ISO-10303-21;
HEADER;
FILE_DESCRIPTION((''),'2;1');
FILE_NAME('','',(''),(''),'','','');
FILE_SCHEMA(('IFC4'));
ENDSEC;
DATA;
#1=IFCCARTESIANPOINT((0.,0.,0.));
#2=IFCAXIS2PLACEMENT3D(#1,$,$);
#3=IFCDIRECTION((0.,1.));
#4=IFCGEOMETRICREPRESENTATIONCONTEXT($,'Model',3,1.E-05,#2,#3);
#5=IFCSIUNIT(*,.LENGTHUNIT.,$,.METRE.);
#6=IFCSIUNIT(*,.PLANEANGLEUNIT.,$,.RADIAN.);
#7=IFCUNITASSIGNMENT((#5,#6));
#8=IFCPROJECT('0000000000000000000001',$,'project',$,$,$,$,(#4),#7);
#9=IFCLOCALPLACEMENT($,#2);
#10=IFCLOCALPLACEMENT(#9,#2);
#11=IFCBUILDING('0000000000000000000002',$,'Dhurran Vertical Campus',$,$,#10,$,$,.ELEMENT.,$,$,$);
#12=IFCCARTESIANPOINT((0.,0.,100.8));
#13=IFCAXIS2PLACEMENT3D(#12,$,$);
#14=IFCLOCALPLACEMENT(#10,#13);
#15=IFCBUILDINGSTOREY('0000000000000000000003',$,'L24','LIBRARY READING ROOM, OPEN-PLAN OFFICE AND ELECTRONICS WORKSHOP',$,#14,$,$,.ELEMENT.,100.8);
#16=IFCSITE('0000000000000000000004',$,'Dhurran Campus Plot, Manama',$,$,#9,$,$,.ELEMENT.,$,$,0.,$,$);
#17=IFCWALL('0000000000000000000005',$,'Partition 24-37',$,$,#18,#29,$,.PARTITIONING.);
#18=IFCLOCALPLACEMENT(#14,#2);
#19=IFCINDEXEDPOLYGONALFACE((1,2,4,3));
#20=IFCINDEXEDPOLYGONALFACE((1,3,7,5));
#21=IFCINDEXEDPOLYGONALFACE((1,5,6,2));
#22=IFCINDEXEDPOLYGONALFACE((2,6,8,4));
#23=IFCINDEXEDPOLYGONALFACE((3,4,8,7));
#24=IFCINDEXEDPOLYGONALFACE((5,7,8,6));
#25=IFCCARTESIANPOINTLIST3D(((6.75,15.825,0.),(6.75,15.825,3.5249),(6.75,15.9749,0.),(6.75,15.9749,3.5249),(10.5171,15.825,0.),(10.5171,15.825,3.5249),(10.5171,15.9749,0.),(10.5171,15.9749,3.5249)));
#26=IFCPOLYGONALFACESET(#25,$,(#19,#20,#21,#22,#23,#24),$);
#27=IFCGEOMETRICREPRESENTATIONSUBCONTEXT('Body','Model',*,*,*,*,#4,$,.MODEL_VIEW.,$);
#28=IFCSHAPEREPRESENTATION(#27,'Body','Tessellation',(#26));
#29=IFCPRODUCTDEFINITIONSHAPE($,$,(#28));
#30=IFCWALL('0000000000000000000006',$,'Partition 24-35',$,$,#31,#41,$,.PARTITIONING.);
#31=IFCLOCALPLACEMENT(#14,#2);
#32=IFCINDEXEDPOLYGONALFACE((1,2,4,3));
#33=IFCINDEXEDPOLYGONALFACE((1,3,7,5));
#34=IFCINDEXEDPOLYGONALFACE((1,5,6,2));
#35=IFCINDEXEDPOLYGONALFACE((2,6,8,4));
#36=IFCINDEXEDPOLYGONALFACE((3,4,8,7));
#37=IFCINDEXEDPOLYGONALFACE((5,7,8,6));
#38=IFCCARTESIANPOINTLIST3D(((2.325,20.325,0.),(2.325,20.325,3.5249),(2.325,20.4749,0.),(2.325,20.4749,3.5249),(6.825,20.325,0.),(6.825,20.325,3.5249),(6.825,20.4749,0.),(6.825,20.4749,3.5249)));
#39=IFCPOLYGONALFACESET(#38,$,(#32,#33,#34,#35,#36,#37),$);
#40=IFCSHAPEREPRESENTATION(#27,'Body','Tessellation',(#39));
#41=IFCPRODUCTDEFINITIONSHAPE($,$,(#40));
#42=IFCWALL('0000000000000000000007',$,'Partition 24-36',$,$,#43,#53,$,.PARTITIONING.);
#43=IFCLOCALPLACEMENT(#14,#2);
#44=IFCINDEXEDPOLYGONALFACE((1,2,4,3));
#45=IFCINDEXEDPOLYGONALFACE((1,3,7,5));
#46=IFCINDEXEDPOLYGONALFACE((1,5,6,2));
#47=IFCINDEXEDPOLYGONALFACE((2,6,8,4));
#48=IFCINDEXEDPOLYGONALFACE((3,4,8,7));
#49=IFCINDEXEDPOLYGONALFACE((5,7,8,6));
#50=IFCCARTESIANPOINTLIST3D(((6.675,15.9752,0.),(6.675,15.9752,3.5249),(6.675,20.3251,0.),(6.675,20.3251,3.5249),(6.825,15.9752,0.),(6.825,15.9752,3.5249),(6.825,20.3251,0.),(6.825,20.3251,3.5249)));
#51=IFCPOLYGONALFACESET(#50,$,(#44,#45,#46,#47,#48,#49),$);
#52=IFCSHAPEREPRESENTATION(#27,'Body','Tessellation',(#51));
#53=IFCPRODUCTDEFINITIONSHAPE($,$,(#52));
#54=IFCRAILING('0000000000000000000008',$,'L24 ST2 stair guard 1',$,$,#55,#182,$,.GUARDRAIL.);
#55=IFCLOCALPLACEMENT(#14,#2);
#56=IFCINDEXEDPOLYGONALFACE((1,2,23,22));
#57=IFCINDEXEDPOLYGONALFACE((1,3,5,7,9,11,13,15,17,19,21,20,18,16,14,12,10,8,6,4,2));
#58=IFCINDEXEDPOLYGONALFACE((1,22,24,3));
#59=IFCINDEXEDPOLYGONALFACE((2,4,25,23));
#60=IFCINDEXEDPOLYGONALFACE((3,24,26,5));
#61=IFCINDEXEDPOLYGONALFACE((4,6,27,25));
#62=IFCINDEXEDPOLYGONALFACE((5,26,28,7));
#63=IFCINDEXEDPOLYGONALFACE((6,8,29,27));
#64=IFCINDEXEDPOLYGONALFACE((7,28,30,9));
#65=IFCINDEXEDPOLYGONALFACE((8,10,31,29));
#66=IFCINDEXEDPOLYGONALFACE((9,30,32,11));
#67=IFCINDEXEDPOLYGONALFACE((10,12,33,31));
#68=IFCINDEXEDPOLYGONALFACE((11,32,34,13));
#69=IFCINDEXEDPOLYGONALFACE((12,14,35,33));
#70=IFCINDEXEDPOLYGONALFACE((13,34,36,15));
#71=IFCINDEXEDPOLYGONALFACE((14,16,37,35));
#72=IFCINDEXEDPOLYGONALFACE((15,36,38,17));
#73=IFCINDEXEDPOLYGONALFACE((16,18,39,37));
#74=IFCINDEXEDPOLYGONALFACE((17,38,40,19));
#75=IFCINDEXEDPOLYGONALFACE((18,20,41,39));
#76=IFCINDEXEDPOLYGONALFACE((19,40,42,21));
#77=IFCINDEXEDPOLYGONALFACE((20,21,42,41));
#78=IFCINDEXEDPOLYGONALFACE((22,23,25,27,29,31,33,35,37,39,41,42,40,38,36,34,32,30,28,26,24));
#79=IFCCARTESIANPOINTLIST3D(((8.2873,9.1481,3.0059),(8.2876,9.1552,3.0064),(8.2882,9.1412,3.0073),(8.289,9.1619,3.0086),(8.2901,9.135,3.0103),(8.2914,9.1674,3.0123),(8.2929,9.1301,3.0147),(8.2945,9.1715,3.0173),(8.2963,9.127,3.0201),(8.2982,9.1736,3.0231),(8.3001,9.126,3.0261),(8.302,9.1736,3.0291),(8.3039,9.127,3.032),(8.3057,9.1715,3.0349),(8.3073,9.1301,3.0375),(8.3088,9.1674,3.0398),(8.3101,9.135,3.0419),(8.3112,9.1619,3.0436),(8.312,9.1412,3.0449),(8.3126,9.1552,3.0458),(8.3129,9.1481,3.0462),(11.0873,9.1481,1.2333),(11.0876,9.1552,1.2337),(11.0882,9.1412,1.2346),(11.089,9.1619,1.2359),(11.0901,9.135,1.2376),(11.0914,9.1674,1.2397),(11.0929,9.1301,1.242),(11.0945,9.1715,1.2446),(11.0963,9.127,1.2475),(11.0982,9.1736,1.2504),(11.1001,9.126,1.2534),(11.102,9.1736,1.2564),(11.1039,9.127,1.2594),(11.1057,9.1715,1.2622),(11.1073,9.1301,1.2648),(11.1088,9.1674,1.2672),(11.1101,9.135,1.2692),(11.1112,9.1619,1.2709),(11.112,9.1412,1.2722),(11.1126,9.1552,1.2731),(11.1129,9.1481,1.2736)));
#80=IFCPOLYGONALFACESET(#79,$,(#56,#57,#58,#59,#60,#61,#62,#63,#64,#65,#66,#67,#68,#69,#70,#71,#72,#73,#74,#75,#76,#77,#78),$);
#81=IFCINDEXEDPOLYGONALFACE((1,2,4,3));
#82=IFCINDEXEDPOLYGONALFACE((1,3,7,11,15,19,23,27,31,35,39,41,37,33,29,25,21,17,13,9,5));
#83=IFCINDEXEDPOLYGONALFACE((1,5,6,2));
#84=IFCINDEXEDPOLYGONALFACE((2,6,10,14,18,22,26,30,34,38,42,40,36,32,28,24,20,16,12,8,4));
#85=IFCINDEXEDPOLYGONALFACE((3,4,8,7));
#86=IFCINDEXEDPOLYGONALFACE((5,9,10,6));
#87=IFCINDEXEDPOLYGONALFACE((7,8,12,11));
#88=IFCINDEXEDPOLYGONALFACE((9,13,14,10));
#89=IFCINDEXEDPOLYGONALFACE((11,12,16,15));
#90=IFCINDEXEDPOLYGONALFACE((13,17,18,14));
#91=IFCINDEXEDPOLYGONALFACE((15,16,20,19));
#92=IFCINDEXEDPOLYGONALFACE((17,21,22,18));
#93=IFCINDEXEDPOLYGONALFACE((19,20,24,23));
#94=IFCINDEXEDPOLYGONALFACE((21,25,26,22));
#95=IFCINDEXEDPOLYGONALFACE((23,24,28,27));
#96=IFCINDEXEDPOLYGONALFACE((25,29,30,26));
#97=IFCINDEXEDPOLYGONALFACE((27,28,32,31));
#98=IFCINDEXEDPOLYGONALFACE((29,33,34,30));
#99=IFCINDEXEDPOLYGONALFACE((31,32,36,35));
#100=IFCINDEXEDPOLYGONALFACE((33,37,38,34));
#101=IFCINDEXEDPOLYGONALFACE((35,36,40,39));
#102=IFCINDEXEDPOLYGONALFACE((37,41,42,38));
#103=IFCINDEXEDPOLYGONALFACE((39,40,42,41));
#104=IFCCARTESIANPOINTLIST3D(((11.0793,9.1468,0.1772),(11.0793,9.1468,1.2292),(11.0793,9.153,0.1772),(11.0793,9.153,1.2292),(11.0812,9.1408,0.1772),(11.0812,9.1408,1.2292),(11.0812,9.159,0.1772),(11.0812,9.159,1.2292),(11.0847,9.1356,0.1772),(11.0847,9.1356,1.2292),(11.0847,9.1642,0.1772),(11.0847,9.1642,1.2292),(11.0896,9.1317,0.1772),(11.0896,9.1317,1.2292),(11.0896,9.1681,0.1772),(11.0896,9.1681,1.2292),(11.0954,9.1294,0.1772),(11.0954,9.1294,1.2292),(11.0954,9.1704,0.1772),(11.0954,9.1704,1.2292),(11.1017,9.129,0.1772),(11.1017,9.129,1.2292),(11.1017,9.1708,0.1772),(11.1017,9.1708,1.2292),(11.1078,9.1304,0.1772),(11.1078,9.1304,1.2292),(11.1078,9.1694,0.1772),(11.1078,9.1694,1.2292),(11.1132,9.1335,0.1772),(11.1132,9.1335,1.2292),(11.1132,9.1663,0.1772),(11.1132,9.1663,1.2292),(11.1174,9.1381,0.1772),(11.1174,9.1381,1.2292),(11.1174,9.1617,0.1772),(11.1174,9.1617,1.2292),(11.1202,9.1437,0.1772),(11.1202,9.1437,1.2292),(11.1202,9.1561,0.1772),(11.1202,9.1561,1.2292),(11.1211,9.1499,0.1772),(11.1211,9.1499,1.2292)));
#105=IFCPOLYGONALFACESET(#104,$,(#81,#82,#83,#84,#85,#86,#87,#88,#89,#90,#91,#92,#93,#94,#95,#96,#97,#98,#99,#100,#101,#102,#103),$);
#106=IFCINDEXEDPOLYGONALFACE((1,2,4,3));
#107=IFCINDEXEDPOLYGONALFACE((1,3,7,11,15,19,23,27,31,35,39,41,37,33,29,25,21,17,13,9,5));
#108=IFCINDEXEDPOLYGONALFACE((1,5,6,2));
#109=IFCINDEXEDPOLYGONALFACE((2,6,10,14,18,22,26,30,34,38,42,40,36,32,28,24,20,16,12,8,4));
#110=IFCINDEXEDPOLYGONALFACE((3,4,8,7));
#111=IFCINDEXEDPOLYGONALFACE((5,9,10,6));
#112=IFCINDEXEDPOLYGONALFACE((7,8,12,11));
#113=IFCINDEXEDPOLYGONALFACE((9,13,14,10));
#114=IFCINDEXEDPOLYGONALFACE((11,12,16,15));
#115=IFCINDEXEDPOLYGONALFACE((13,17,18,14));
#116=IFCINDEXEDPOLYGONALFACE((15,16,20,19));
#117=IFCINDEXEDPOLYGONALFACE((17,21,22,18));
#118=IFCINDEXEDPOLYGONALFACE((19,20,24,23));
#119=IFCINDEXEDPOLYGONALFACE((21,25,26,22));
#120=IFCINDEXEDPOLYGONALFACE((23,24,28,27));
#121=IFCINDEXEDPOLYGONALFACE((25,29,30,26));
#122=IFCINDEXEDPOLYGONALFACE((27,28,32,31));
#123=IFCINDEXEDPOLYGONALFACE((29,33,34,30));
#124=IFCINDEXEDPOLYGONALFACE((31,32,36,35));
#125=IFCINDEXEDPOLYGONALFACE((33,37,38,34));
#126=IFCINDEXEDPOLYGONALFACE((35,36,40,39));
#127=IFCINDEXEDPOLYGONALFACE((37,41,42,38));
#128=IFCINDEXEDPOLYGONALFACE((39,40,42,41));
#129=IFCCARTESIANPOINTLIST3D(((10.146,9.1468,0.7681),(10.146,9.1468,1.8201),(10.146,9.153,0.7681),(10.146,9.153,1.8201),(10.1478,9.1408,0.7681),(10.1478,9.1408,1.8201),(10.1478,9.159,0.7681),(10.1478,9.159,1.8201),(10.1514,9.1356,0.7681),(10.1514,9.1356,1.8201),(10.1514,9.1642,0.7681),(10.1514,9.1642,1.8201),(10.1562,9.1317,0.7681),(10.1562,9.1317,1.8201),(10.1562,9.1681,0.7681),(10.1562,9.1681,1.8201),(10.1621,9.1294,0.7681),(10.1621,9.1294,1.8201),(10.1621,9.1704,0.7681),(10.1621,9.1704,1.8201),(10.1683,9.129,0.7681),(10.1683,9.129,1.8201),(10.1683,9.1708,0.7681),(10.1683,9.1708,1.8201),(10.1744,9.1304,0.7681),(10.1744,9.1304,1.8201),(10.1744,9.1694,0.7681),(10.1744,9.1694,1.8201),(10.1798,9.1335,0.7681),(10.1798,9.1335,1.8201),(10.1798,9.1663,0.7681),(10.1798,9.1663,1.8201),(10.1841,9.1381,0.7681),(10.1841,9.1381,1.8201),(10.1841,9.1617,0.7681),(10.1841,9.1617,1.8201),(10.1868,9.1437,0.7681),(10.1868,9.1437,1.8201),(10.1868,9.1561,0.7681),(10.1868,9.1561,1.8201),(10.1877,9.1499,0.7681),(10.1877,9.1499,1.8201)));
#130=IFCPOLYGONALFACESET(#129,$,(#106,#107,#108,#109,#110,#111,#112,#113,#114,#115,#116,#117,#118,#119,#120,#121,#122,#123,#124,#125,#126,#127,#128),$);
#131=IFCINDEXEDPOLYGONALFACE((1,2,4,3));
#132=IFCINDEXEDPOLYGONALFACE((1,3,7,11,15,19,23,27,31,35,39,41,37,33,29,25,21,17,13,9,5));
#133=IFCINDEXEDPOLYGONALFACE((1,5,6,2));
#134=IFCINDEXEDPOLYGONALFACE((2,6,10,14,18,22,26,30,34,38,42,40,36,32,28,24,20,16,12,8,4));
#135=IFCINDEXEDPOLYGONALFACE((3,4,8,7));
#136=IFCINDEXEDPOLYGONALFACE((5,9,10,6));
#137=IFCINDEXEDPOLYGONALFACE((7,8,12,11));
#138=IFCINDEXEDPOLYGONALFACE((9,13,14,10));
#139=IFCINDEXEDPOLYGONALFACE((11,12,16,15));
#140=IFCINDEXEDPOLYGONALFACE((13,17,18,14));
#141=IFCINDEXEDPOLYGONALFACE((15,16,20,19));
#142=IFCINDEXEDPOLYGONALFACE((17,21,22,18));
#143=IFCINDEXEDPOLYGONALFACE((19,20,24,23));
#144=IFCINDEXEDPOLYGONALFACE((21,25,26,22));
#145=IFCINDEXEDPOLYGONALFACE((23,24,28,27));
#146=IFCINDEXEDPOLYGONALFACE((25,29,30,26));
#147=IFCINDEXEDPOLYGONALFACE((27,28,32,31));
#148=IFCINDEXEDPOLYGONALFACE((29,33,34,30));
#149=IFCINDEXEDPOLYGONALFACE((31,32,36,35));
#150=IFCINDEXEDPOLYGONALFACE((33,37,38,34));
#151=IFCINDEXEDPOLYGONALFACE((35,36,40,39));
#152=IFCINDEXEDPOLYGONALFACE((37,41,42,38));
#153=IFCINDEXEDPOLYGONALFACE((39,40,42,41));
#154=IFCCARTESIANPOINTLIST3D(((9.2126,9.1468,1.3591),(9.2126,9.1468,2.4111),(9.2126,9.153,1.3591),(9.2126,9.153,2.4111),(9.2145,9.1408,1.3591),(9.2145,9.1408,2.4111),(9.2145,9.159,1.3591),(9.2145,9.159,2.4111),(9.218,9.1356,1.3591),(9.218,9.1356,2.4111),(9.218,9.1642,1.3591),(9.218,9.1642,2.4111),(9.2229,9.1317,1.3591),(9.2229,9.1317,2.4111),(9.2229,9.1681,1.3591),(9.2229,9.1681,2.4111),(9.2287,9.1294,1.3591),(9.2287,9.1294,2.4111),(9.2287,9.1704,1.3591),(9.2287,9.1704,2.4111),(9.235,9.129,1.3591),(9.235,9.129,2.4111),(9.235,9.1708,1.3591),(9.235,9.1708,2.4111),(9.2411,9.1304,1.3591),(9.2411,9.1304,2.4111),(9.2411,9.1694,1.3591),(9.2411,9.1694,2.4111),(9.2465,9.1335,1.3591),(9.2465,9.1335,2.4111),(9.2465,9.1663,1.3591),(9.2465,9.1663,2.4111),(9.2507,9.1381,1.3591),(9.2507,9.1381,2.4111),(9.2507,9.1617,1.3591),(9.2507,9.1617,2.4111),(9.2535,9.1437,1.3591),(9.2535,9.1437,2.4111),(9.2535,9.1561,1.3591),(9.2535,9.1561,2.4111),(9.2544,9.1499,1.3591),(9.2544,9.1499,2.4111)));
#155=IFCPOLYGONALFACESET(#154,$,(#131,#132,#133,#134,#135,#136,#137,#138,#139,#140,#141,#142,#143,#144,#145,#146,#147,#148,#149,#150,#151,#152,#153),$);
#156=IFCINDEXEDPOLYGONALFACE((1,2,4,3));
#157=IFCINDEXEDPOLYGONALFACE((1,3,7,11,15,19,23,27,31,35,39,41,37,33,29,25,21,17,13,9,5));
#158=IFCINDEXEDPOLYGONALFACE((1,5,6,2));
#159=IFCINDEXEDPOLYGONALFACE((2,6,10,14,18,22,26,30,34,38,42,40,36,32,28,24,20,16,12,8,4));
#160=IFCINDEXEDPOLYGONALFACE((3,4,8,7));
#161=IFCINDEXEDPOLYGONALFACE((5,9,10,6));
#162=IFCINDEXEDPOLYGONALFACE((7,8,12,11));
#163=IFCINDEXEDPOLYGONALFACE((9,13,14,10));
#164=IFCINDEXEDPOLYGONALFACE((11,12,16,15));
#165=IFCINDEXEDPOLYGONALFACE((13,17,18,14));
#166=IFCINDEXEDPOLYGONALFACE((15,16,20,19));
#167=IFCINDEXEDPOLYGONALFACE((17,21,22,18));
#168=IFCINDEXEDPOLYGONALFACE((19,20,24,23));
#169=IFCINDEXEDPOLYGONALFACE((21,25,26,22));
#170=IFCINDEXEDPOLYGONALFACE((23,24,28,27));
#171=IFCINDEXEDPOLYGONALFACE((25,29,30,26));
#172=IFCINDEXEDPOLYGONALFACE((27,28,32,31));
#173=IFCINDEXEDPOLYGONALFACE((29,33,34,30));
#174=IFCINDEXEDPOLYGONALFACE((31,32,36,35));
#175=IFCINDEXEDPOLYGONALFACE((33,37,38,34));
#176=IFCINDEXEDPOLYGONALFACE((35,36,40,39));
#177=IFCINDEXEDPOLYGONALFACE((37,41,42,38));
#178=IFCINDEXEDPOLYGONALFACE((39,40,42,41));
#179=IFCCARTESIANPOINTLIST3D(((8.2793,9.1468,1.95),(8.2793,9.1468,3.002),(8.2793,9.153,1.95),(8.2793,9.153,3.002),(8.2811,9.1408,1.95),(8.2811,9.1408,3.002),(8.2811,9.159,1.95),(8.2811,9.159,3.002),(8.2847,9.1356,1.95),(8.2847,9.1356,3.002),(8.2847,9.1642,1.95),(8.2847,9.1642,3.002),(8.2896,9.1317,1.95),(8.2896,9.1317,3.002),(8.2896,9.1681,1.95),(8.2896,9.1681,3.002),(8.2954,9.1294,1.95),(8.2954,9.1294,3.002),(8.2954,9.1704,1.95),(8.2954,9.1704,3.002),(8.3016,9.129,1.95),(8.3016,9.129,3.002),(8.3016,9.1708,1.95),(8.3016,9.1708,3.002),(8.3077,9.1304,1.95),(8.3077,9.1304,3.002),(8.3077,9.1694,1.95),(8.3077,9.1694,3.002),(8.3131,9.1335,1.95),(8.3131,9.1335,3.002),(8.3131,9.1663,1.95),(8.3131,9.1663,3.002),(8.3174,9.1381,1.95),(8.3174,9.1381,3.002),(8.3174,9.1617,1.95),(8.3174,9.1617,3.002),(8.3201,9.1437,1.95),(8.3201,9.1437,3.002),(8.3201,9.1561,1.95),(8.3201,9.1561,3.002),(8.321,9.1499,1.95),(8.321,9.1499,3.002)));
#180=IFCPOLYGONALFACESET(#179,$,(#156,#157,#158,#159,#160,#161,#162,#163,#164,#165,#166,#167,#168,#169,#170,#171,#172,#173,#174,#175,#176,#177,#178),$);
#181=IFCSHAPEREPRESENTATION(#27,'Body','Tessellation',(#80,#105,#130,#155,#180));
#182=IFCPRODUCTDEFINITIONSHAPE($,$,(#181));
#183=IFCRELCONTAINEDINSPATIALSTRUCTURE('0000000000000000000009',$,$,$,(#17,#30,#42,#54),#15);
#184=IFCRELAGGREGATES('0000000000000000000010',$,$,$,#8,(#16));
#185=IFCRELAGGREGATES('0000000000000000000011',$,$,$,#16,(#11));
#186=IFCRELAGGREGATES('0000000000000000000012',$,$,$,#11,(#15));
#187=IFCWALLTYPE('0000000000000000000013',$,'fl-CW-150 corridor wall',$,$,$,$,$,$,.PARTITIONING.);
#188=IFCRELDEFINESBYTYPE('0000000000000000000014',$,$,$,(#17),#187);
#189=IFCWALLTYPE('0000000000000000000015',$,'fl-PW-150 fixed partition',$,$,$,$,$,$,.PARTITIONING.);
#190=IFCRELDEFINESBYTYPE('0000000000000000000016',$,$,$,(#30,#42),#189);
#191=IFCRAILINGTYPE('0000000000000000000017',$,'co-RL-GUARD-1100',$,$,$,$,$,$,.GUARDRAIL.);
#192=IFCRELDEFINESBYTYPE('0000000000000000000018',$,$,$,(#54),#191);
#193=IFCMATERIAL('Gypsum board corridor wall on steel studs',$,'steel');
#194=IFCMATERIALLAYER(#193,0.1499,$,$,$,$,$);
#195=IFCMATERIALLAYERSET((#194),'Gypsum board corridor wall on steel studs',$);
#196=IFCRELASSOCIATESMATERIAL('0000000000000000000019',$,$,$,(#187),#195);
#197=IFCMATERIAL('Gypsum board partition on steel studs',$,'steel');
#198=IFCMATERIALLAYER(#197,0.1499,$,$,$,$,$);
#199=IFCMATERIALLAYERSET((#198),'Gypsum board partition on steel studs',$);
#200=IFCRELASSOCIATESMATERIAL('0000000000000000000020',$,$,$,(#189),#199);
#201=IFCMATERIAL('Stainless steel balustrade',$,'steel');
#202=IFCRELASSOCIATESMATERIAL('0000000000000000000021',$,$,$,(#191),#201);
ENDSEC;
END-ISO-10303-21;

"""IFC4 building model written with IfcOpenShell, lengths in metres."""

from ifc_helpers import new_model, si_unit, direction, frame, frame_2d, origin, origin_2d, place, context, subcontext, project, spatial, rectangle, circle, extrude, material, layer, layer_set, type_object, element, save


model = new_model("IFC4")

# Units and contexts
model_context = context("Model", 3, precision=1e-05, world=origin(), true_north=direction((0.0, 1.0)))
body_context = subcontext(model_context, "Body", "Model", "MODEL_VIEW")
ifc_project = project(units=[si_unit("LENGTHUNIT", "METRE"), si_unit("PLANEANGLEUNIT", "RADIAN")], contexts=[model_context])

# Site, building, storey
site_placement = place(None, origin())
site = spatial("IfcSite", under=ifc_project, at=site_placement, Name="Dhurran Campus Plot, Manama", CompositionType="ELEMENT", RefElevation=0.0)
building_placement = place(site_placement, origin())
building = spatial("IfcBuilding", under=site, at=building_placement, Name="Dhurran Vertical Campus", CompositionType="ELEMENT")
storey_placement = place(building_placement, frame((0.0, 0.0, 100.8)))
storey = spatial("IfcBuildingStorey", under=building, at=storey_placement, Name="L24", Description="LIBRARY READING ROOM, OPEN-PLAN OFFICE AND ELECTRONICS WORKSHOP", CompositionType="ELEMENT", Elevation=100.8)

# Shared definitions
ifc_material_1 = material(Name="Gypsum board corridor wall on steel studs", Category="steel")
ifc_layer_1 = layer(ifc_material_1, 0.1499)
ifc_layer_set_1 = layer_set([ifc_layer_1], Name="Gypsum board corridor wall on steel studs")
wall_type_1 = type_object("IfcWallType", Name="fl-CW-150 corridor wall", PredefinedType="PARTITIONING", material=ifc_layer_set_1)

# Walls
wall_1_placement = place(storey_placement, frame((10.5171, 15.8999, 0.0), z_axis=(0.0, 0.0, 1.0), x_axis=(-1.0, 0.0, 0.0)))
element("IfcWall", 1, at=wall_1_placement, inside=storey, type_object=wall_type_1, Name="Partition 24-37", PredefinedType="PARTITIONING", context=body_context, shape_type="SweptSolid", body=[
    extrude(rectangle(XDim=3.7671, YDim=0.1499, at=frame_2d((1.8835, 0.0))), origin(), (0.0, 0.0, 1.0), 3.5249),
])
ifc_material_2 = material(Name="Gypsum board partition on steel studs", Category="steel")
ifc_layer_2 = layer(ifc_material_2, 0.1499)
ifc_layer_set_2 = layer_set([ifc_layer_2], Name="Gypsum board partition on steel studs")
wall_type_2 = type_object("IfcWallType", Name="fl-PW-150 fixed partition", PredefinedType="PARTITIONING", material=ifc_layer_set_2)
wall_2_placement = place(storey_placement, frame((2.325, 20.3999, 0.0), z_axis=(0.0, 0.0, 1.0), x_axis=(1.0, 0.0, 0.0)))
element("IfcWall", 2, at=wall_2_placement, inside=storey, type_object=wall_type_2, Name="Partition 24-35", PredefinedType="PARTITIONING", context=body_context, shape_type="SweptSolid", body=[
    extrude(rectangle(XDim=4.5, YDim=0.1499, at=frame_2d((2.25, 0.0))), origin(), (0.0, 0.0, 1.0), 3.5249),
])
wall_3_placement = place(storey_placement, frame((6.75, 20.325, 0.0), z_axis=(0.0, 0.0, 1.0), x_axis=(0.0, -1.0, 0.0)))
element("IfcWall", 3, at=wall_3_placement, inside=storey, type_object=wall_type_2, Name="Partition 24-36", PredefinedType="PARTITIONING", context=body_context, shape_type="SweptSolid", body=[
    extrude(rectangle(XDim=4.3499, YDim=0.1499, at=frame_2d((2.1748, 0.0))), origin(), (0.0, 0.0, 1.0), 3.5249),
])

# Railing
ifc_material_3 = material(Name="Stainless steel balustrade", Category="steel")
railing_type = type_object("IfcRailingType", Name="co-RL-GUARD-1100", PredefinedType="GUARDRAIL", material=ifc_material_3)
railing_1_placement = place(storey_placement, frame((11.1001, 9.1499, 0.1772)))
element("IfcRailing", 4, at=railing_1_placement, inside=storey, type_object=railing_type, Name="L24 ST2 stair guard 1", PredefinedType="GUARDRAIL", context=body_context, shape_type="SweptSolid", body=[
    extrude(circle(Radius=0.0239, at=origin_2d()), frame((0.0, 0.0, 1.0762), z_axis=(-0.844909, 0.0, 0.53491), x_axis=(0.0, -1.0, 0.0)), (0.0, 0.0, 1.0), 3.314),
    extrude(circle(Radius=0.021, at=origin_2d()), origin(), (0.0, 0.0, 1.0), 1.052),
    extrude(circle(Radius=0.021, at=origin_2d()), frame((-0.9333, 0.0, 0.5908)), (0.0, 0.0, 1.0), 1.052),
    extrude(circle(Radius=0.021, at=origin_2d()), frame((-1.8667, 0.0, 1.1819)), (0.0, 0.0, 1.0), 1.052),
    extrude(circle(Radius=0.021, at=origin_2d()), frame((-2.8, 0.0, 1.7727)), (0.0, 0.0, 1.0), 1.052),
])

save(model, "model.ifc")
